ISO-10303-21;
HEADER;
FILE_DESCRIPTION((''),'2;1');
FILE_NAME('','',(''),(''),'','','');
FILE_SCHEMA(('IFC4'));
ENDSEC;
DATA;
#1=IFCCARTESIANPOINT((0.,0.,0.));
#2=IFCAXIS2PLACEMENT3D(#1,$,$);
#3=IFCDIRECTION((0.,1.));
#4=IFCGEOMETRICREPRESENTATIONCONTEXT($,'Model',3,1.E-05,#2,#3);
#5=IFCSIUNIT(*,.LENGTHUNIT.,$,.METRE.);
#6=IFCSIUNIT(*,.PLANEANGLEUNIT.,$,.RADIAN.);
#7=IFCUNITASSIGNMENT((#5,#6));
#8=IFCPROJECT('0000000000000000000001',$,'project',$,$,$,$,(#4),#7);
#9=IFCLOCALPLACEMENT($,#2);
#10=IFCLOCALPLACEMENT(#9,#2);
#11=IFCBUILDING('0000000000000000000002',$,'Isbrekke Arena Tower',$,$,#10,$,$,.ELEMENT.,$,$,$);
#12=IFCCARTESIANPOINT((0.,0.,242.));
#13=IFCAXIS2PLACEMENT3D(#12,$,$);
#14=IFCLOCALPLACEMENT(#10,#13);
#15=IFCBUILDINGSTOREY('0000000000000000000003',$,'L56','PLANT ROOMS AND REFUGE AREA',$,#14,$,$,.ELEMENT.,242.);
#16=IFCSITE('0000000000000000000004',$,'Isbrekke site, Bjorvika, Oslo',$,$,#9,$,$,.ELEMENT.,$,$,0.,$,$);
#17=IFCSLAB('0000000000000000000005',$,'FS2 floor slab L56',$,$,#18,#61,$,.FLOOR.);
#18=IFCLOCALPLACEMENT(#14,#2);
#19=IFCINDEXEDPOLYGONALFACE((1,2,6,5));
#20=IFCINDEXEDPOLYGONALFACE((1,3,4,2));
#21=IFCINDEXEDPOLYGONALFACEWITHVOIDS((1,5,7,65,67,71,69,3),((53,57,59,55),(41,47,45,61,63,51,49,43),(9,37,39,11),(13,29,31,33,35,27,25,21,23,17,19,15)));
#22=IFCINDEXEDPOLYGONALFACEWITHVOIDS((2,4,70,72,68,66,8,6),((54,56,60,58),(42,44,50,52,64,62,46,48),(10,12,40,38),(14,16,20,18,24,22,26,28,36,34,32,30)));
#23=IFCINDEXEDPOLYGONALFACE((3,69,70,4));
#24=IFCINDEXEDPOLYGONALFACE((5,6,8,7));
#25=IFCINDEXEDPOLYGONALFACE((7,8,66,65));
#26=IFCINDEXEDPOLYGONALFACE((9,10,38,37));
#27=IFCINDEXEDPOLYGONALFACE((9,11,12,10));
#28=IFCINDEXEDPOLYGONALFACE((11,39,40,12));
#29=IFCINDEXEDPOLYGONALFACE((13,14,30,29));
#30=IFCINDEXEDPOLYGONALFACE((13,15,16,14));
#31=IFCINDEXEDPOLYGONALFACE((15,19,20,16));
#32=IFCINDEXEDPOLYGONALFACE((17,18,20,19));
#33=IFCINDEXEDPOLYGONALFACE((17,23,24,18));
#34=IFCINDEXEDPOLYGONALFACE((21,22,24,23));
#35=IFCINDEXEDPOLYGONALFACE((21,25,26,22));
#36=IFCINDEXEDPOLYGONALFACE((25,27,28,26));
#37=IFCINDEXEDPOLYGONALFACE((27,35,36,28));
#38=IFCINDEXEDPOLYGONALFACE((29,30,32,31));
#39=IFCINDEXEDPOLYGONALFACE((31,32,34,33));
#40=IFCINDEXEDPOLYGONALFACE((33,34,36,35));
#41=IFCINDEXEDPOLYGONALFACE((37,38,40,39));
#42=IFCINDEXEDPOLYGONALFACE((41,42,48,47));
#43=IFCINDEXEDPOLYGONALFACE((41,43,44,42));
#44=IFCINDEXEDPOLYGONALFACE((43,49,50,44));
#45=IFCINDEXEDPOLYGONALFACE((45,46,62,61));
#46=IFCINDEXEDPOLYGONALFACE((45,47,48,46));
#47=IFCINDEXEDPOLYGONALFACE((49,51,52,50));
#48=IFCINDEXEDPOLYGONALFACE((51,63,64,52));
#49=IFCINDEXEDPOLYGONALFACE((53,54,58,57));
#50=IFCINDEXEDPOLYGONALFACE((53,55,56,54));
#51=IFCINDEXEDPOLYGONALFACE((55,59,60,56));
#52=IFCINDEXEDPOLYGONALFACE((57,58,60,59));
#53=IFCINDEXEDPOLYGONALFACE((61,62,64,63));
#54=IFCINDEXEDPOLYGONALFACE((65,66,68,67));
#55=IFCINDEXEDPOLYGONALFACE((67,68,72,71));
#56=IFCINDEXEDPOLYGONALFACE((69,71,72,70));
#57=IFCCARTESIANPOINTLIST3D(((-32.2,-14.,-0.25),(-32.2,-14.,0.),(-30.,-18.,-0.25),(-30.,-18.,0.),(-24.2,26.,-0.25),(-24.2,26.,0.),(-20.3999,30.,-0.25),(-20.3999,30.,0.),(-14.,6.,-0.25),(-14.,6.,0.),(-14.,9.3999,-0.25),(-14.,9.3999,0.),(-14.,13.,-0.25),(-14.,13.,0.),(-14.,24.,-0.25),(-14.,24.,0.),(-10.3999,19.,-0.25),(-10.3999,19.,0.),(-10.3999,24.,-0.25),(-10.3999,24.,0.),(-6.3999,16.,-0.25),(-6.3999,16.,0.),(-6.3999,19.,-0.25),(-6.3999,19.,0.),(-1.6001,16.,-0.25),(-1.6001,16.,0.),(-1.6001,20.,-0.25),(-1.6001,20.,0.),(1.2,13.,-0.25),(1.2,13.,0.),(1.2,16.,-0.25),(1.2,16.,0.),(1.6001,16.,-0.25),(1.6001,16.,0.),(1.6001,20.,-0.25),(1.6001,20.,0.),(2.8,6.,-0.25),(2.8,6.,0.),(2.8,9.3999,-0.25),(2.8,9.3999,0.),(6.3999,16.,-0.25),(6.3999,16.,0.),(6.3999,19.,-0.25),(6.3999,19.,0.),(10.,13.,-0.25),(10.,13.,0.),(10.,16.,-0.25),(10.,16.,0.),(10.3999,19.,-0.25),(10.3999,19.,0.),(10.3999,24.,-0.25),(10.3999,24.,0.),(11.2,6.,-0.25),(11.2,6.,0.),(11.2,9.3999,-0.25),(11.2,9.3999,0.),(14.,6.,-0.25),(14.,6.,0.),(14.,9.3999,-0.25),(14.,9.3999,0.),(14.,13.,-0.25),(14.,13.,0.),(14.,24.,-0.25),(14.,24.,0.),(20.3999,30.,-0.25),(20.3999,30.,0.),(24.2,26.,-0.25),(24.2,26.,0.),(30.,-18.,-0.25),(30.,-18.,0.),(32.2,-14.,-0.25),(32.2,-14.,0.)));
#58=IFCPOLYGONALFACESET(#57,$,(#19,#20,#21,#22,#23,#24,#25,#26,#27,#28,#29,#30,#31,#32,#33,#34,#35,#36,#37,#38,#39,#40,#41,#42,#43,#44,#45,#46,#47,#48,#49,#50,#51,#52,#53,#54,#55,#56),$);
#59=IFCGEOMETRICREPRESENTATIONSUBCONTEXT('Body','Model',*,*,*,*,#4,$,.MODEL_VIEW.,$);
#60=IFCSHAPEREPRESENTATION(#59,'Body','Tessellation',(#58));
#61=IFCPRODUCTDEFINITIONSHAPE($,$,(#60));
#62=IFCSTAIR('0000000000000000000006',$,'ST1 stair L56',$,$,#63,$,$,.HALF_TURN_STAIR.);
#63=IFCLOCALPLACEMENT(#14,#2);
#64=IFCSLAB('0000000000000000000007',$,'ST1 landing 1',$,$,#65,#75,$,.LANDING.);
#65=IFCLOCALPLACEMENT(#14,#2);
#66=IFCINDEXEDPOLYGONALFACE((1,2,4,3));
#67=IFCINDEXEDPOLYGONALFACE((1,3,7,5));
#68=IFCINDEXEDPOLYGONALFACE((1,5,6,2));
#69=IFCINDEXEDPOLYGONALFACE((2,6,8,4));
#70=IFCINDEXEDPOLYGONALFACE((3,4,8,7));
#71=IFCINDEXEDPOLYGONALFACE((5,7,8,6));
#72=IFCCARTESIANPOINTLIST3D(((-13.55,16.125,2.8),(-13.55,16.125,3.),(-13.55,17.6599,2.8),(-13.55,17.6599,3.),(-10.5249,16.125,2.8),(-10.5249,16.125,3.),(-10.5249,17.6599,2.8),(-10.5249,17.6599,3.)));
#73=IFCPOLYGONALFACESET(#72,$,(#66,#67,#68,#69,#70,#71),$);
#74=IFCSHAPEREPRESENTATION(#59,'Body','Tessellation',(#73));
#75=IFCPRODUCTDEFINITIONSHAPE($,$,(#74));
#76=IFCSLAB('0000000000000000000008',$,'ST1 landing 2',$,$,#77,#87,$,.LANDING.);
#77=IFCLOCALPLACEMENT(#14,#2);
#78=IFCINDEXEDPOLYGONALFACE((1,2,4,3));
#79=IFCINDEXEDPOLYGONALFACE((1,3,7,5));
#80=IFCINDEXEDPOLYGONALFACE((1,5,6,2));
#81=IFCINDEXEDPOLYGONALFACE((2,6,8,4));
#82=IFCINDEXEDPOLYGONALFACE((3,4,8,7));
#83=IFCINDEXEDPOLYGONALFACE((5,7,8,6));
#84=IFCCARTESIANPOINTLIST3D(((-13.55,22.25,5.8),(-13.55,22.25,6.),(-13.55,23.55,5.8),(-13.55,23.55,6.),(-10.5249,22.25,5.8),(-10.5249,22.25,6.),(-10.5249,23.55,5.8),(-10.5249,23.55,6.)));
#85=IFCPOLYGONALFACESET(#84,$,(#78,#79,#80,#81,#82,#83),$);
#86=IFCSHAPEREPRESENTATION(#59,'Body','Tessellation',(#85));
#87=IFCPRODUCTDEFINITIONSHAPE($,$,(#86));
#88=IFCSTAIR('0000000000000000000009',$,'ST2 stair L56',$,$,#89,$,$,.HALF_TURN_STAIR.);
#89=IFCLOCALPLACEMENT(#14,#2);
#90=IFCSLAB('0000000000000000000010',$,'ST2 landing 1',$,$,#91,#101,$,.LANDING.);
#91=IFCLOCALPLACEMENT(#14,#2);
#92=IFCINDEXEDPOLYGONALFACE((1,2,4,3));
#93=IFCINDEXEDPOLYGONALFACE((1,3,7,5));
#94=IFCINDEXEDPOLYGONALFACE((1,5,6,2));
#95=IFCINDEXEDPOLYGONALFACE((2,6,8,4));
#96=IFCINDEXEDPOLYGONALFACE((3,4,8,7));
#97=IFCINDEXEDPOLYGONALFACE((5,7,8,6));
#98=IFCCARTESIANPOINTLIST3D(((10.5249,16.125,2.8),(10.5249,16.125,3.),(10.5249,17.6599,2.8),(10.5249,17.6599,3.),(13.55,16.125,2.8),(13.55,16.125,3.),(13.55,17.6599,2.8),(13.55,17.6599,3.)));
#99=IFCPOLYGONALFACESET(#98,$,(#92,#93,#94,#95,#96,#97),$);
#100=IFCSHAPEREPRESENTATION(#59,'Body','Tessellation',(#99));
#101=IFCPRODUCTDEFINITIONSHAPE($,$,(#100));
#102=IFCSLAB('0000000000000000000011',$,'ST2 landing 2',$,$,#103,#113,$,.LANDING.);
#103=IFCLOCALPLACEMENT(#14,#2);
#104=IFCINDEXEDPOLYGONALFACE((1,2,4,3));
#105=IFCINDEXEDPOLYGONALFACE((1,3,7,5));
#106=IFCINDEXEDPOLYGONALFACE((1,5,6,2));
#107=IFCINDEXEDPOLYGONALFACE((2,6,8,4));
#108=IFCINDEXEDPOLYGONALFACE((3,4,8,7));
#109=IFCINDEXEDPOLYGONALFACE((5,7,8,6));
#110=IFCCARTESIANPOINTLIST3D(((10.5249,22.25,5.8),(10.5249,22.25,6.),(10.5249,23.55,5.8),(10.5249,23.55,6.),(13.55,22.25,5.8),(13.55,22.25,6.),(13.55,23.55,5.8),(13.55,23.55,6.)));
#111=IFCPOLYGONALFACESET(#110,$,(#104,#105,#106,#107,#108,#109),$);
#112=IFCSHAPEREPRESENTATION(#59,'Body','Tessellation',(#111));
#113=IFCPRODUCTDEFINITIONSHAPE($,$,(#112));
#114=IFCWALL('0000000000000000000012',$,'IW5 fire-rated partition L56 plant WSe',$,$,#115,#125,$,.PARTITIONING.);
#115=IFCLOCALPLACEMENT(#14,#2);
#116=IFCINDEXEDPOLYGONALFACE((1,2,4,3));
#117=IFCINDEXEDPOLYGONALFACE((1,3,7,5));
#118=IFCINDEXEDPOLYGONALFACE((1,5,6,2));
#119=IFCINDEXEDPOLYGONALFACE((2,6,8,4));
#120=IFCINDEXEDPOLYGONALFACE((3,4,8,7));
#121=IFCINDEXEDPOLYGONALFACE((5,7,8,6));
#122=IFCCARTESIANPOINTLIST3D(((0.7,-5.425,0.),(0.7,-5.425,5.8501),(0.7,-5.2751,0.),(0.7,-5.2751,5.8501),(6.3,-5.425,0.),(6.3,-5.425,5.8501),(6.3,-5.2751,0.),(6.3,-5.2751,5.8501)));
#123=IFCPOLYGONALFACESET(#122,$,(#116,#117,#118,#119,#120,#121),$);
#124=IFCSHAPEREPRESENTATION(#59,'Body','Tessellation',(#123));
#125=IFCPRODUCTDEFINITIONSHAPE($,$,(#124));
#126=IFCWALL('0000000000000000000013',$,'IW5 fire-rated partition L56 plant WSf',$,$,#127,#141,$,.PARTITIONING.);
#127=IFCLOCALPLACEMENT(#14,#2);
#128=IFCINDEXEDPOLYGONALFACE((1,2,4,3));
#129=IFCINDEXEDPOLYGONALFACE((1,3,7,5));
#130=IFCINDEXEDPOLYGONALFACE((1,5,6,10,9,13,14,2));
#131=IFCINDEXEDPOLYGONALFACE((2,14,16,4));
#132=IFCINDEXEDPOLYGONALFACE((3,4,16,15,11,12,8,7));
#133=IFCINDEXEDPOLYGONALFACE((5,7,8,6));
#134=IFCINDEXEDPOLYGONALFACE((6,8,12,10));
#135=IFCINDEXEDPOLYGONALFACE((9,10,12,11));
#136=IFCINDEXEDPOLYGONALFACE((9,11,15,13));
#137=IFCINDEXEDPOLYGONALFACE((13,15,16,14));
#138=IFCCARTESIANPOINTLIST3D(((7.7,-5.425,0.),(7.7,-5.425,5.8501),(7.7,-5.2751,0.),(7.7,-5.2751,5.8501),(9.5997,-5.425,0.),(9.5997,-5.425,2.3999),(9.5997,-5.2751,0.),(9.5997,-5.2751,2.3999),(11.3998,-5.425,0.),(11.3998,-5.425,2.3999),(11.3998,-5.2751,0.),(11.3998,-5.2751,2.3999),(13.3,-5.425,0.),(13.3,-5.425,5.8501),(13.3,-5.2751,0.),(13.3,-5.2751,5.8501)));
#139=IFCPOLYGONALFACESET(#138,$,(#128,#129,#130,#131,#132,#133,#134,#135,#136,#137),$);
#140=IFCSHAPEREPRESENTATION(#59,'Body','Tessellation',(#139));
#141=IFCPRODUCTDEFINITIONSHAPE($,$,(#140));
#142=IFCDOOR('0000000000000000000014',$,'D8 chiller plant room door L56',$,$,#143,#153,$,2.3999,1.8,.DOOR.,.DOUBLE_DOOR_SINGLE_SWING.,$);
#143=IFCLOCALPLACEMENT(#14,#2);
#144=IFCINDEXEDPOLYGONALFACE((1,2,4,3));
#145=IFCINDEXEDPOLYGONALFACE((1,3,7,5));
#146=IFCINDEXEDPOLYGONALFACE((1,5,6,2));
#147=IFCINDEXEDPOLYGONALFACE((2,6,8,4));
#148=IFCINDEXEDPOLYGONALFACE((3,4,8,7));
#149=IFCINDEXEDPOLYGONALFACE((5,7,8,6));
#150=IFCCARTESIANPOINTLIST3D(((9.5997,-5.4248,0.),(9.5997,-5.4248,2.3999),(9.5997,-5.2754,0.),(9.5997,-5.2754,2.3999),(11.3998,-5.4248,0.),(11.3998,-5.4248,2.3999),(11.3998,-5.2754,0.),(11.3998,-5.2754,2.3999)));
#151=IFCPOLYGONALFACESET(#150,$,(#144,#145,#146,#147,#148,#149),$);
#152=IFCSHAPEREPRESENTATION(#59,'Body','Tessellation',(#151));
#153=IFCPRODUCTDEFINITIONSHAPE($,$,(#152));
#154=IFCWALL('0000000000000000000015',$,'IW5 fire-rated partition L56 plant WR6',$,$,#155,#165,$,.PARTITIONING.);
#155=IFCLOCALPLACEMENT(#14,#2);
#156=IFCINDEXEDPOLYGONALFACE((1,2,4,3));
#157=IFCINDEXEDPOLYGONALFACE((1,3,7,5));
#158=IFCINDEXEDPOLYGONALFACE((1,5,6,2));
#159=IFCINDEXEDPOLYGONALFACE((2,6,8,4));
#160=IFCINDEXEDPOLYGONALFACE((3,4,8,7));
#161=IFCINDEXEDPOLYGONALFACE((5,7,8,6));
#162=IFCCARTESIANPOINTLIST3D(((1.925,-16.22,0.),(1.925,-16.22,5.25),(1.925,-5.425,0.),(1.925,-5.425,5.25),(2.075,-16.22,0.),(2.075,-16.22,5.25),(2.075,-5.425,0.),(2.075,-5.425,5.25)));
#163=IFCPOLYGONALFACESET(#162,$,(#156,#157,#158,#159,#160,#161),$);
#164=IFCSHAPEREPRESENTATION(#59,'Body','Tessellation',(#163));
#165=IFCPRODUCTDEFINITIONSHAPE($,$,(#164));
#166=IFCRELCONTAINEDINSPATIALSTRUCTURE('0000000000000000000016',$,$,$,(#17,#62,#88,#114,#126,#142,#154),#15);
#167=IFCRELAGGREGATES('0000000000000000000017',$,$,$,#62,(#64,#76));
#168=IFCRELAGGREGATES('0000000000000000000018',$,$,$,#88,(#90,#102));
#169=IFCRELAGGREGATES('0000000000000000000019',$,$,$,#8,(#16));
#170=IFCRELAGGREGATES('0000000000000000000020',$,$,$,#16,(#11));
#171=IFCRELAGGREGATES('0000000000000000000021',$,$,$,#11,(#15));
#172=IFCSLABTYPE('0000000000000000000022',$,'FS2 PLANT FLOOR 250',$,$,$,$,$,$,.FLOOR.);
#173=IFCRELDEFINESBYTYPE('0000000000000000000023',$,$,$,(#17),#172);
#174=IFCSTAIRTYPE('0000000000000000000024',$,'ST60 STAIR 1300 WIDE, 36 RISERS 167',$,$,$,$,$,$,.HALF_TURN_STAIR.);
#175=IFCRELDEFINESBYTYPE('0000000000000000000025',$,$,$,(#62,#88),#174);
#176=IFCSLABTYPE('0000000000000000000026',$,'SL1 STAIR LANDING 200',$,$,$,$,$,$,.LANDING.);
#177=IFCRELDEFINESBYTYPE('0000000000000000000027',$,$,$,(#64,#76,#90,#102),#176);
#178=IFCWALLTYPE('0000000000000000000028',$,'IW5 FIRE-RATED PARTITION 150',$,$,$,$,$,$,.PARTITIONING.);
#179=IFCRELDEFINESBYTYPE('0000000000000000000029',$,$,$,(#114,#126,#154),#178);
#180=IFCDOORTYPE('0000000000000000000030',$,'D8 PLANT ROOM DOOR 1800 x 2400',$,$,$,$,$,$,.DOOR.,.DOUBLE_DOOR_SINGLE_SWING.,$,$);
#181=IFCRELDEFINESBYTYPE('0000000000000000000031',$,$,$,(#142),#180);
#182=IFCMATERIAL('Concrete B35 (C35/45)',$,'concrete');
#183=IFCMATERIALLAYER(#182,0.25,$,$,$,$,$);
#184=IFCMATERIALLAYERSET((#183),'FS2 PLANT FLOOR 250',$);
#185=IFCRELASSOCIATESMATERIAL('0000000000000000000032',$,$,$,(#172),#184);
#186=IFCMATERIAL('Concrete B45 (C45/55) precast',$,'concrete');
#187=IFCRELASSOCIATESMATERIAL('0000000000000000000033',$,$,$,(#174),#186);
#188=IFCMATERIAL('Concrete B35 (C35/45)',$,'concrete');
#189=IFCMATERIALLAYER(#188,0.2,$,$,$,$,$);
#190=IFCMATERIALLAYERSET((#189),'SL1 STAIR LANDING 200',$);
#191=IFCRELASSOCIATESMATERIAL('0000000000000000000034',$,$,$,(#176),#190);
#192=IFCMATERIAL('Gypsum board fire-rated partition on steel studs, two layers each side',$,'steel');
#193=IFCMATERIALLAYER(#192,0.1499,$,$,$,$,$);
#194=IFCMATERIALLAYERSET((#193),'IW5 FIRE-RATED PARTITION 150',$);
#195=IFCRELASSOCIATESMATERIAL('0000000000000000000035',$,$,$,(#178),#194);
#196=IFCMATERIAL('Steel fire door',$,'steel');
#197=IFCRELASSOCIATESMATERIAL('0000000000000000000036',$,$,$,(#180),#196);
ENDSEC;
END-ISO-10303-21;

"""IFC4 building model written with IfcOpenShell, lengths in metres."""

from ifc_helpers import new_model, si_unit, direction, frame, frame_2d, origin, place, context, subcontext, project, spatial, polyline, rectangle, outline, extrude, material, layer, layer_set, type_object, element, fill, aggregate, save


model = new_model("IFC4")

# Units and contexts
model_context = context("Model", 3, precision=1e-05, world=origin(), true_north=direction((0.0, 1.0)))
body_context = subcontext(model_context, "Body", "Model", "MODEL_VIEW")
ifc_project = project(units=[si_unit("LENGTHUNIT", "METRE"), si_unit("PLANEANGLEUNIT", "RADIAN")], contexts=[model_context])

# Site, building, storey
site_placement = place(None, origin())
site = spatial("IfcSite", under=ifc_project, at=site_placement, Name="Isbrekke site, Bjorvika, Oslo", CompositionType="ELEMENT", RefElevation=0.0)
building_placement = place(site_placement, origin())
building = spatial("IfcBuilding", under=site, at=building_placement, Name="Isbrekke Arena Tower", CompositionType="ELEMENT")
storey_placement = place(building_placement, frame((0.0, 0.0, 242.0)))
storey = spatial("IfcBuildingStorey", under=building, at=storey_placement, Name="L56", Description="PLANT ROOMS AND REFUGE AREA", CompositionType="ELEMENT", Elevation=242.0)

# Slab
ifc_material_1 = material(Name="Concrete B35 (C35/45)", Category="concrete")
ifc_layer_1 = layer(ifc_material_1, 0.25)
ifc_layer_set_1 = layer_set([ifc_layer_1], Name="FS2 PLANT FLOOR 250")
slab_type_1 = type_object("IfcSlabType", Name="FS2 PLANT FLOOR 250", PredefinedType="FLOOR", material=ifc_layer_set_1)
slab_1_placement = place(storey_placement, frame((0.0, 0.0, -0.25)))
element("IfcSlab", 1, at=slab_1_placement, inside=storey, type_object=slab_type_1, Name="FS2 floor slab L56", PredefinedType="FLOOR", context=body_context, shape_type="SweptSolid", body=[
    extrude(outline(polyline([(-30.0, -18.0), (30.0, -18.0), (32.2, -14.0), (24.2, 26.0), (20.3999, 30.0), (-20.3999, 30.0), (-24.2, 26.0), (-32.2, -14.0), (-30.0, -18.0)]), holes=[polyline([(2.8, 9.3999), (2.8, 6.0), (-14.0, 6.0), (-14.0, 9.3999), (2.8, 9.3999)]), polyline([(11.2, 6.0), (11.2, 9.3999), (14.0, 9.3999), (14.0, 6.0), (11.2, 6.0)]), polyline([(-14.0, 13.0), (-14.0, 24.0), (-10.3999, 24.0), (-10.3999, 19.0), (-6.3999, 19.0), (-6.3999, 16.0), (-1.6001, 16.0), (-1.6001, 20.0), (1.6001, 20.0), (1.6001, 16.0), (1.2, 16.0), (1.2, 13.0), (-14.0, 13.0)]), polyline([(10.0, 13.0), (10.0, 16.0), (6.3999, 16.0), (6.3999, 19.0), (10.3999, 19.0), (10.3999, 24.0), (14.0, 24.0), (14.0, 13.0), (10.0, 13.0)])]), origin(), (0.0, 0.0, 1.0), 0.25),
])

# Stairs, slabs
ifc_material_2 = material(Name="Concrete B45 (C45/55) precast", Category="concrete")
stair_type = type_object("IfcStairType", Name="ST60 STAIR 1300 WIDE, 36 RISERS 167", PredefinedType="HALF_TURN_STAIR", material=ifc_material_2)
stair_1_placement = place(storey_placement, origin())
stair_1 = element("IfcStair", 2, at=stair_1_placement, inside=storey, type_object=stair_type, Name="ST1 stair L56", PredefinedType="HALF_TURN_STAIR")
ifc_material_3 = material(Name="Concrete B35 (C35/45)", Category="concrete")
ifc_layer_2 = layer(ifc_material_3, 0.2)
ifc_layer_set_2 = layer_set([ifc_layer_2], Name="SL1 STAIR LANDING 200")
slab_type_2 = type_object("IfcSlabType", Name="SL1 STAIR LANDING 200", PredefinedType="LANDING", material=ifc_layer_set_2)
slab_2_placement = place(storey_placement, frame((0.0, 0.0, 2.8)))
slab_2 = element("IfcSlab", 3, at=slab_2_placement, type_object=slab_type_2, Name="ST1 landing 1", PredefinedType="LANDING", context=body_context, shape_type="SweptSolid", body=[
    extrude(outline(polyline([(-13.55, 16.125), (-10.5249, 16.125), (-10.5249, 17.6599), (-13.55, 17.6599), (-13.55, 16.125)])), origin(), (0.0, 0.0, 1.0), 0.2),
])
slab_3_placement = place(storey_placement, frame((0.0, 0.0, 5.8)))
slab_3 = element("IfcSlab", 4, at=slab_3_placement, type_object=slab_type_2, Name="ST1 landing 2", PredefinedType="LANDING", context=body_context, shape_type="SweptSolid", body=[
    extrude(outline(polyline([(-13.55, 22.25), (-10.5249, 22.25), (-10.5249, 23.55), (-13.55, 23.55), (-13.55, 22.25)])), origin(), (0.0, 0.0, 1.0), 0.2),
])
aggregate(stair_1, [slab_2, slab_3])
stair_2_placement = place(storey_placement, origin())
stair_2 = element("IfcStair", 5, at=stair_2_placement, inside=storey, type_object=stair_type, Name="ST2 stair L56", PredefinedType="HALF_TURN_STAIR")
slab_4_placement = place(storey_placement, frame((0.0, 0.0, 2.8)))
slab_4 = element("IfcSlab", 6, at=slab_4_placement, type_object=slab_type_2, Name="ST2 landing 1", PredefinedType="LANDING", context=body_context, shape_type="SweptSolid", body=[
    extrude(outline(polyline([(10.5249, 16.125), (13.55, 16.125), (13.55, 17.6599), (10.5249, 17.6599), (10.5249, 16.125)])), origin(), (0.0, 0.0, 1.0), 0.2),
])
slab_5_placement = place(storey_placement, frame((0.0, 0.0, 5.8)))
slab_5 = element("IfcSlab", 7, at=slab_5_placement, type_object=slab_type_2, Name="ST2 landing 2", PredefinedType="LANDING", context=body_context, shape_type="SweptSolid", body=[
    extrude(outline(polyline([(10.5249, 22.25), (13.55, 22.25), (13.55, 23.55), (10.5249, 23.55), (10.5249, 22.25)])), origin(), (0.0, 0.0, 1.0), 0.2),
])
aggregate(stair_2, [slab_4, slab_5])

# Wall
ifc_material_4 = material(Name="Gypsum board fire-rated partition on steel studs, two layers each side", Category="steel")
ifc_layer_3 = layer(ifc_material_4, 0.1499)
ifc_layer_set_3 = layer_set([ifc_layer_3], Name="IW5 FIRE-RATED PARTITION 150")
wall_type = type_object("IfcWallType", Name="IW5 FIRE-RATED PARTITION 150", PredefinedType="PARTITIONING", material=ifc_layer_set_3)
wall_1_placement = place(storey_placement, frame((0.7, -5.3501, 0.0), z_axis=(0.0, 0.0, 1.0), x_axis=(1.0, 0.0, 0.0)))
element("IfcWall", 8, at=wall_1_placement, inside=storey, type_object=wall_type, Name="IW5 fire-rated partition L56 plant WSe", PredefinedType="PARTITIONING", context=body_context, shape_type="SweptSolid", body=[
    extrude(rectangle(XDim=5.6001, YDim=0.1499, at=frame_2d((2.8, 0.0))), origin(), (0.0, 0.0, 1.0), 5.8501),
])

# Wall, opening, door
wall_2_placement = place(storey_placement, frame((7.7, -5.3501, 0.0), z_axis=(0.0, 0.0, 1.0), x_axis=(1.0, 0.0, 0.0)))
wall_2 = element("IfcWall", 9, at=wall_2_placement, inside=storey, type_object=wall_type, Name="IW5 fire-rated partition L56 plant WSf", PredefinedType="PARTITIONING", context=body_context, shape_type="SweptSolid", body=[
    extrude(rectangle(XDim=5.6001, YDim=0.1499, at=frame_2d((2.8, 0.0))), origin(), (0.0, 0.0, 1.0), 5.8501),
])
opening_placement = place(wall_2_placement, frame((1.8999, 0.0, 0.0)))
opening = element("IfcOpeningElement", 10, at=opening_placement, cuts=wall_2, PredefinedType="OPENING", context=body_context, shape_type="SweptSolid", body=[
    extrude(rectangle(XDim=1.8, YDim=2.3999, at=frame_2d((0.8999, 1.2))), frame((0.0, 0.0898, 0.0), z_axis=(0.0, -1.0, 0.0), x_axis=(1.0, 0.0, 0.0)), (0.0, 0.0, 1.0), 0.1797),
])
ifc_material_5 = material(Name="Steel fire door", Category="steel")
door_type = type_object("IfcDoorType", Name="D8 PLANT ROOM DOOR 1800 x 2400", OperationType="DOUBLE_DOOR_SINGLE_SWING", PredefinedType="DOOR", material=ifc_material_5)
door_placement = place(opening_placement, origin())
door = element("IfcDoor", 11, at=door_placement, inside=storey, type_object=door_type, Name="D8 chiller plant room door L56", OperationType="DOUBLE_DOOR_SINGLE_SWING", OverallHeight=2.3999, OverallWidth=1.8, PredefinedType="DOOR", context=body_context, shape_type="SweptSolid", body=[
    extrude(rectangle(XDim=1.8, YDim=2.3999, at=frame_2d((0.8999, 1.2))), frame((0.0, 0.0747, 0.0), z_axis=(0.0, -1.0, 0.0), x_axis=(1.0, 0.0, 0.0)), (0.0, 0.0, 1.0), 0.1494),
])
fill(opening, door)

# Wall
wall_3_placement = place(storey_placement, frame((2.0, -5.425, 0.0), z_axis=(0.0, 0.0, 1.0), x_axis=(0.0, -1.0, 0.0)))
element("IfcWall", 12, at=wall_3_placement, inside=storey, type_object=wall_type, Name="IW5 fire-rated partition L56 plant WR6", PredefinedType="PARTITIONING", context=body_context, shape_type="SweptSolid", body=[
    extrude(rectangle(XDim=10.7949, YDim=0.1499, at=frame_2d((5.3975, 0.0))), origin(), (0.0, 0.0, 1.0), 5.25),
])

save(model, "model.ifc")
